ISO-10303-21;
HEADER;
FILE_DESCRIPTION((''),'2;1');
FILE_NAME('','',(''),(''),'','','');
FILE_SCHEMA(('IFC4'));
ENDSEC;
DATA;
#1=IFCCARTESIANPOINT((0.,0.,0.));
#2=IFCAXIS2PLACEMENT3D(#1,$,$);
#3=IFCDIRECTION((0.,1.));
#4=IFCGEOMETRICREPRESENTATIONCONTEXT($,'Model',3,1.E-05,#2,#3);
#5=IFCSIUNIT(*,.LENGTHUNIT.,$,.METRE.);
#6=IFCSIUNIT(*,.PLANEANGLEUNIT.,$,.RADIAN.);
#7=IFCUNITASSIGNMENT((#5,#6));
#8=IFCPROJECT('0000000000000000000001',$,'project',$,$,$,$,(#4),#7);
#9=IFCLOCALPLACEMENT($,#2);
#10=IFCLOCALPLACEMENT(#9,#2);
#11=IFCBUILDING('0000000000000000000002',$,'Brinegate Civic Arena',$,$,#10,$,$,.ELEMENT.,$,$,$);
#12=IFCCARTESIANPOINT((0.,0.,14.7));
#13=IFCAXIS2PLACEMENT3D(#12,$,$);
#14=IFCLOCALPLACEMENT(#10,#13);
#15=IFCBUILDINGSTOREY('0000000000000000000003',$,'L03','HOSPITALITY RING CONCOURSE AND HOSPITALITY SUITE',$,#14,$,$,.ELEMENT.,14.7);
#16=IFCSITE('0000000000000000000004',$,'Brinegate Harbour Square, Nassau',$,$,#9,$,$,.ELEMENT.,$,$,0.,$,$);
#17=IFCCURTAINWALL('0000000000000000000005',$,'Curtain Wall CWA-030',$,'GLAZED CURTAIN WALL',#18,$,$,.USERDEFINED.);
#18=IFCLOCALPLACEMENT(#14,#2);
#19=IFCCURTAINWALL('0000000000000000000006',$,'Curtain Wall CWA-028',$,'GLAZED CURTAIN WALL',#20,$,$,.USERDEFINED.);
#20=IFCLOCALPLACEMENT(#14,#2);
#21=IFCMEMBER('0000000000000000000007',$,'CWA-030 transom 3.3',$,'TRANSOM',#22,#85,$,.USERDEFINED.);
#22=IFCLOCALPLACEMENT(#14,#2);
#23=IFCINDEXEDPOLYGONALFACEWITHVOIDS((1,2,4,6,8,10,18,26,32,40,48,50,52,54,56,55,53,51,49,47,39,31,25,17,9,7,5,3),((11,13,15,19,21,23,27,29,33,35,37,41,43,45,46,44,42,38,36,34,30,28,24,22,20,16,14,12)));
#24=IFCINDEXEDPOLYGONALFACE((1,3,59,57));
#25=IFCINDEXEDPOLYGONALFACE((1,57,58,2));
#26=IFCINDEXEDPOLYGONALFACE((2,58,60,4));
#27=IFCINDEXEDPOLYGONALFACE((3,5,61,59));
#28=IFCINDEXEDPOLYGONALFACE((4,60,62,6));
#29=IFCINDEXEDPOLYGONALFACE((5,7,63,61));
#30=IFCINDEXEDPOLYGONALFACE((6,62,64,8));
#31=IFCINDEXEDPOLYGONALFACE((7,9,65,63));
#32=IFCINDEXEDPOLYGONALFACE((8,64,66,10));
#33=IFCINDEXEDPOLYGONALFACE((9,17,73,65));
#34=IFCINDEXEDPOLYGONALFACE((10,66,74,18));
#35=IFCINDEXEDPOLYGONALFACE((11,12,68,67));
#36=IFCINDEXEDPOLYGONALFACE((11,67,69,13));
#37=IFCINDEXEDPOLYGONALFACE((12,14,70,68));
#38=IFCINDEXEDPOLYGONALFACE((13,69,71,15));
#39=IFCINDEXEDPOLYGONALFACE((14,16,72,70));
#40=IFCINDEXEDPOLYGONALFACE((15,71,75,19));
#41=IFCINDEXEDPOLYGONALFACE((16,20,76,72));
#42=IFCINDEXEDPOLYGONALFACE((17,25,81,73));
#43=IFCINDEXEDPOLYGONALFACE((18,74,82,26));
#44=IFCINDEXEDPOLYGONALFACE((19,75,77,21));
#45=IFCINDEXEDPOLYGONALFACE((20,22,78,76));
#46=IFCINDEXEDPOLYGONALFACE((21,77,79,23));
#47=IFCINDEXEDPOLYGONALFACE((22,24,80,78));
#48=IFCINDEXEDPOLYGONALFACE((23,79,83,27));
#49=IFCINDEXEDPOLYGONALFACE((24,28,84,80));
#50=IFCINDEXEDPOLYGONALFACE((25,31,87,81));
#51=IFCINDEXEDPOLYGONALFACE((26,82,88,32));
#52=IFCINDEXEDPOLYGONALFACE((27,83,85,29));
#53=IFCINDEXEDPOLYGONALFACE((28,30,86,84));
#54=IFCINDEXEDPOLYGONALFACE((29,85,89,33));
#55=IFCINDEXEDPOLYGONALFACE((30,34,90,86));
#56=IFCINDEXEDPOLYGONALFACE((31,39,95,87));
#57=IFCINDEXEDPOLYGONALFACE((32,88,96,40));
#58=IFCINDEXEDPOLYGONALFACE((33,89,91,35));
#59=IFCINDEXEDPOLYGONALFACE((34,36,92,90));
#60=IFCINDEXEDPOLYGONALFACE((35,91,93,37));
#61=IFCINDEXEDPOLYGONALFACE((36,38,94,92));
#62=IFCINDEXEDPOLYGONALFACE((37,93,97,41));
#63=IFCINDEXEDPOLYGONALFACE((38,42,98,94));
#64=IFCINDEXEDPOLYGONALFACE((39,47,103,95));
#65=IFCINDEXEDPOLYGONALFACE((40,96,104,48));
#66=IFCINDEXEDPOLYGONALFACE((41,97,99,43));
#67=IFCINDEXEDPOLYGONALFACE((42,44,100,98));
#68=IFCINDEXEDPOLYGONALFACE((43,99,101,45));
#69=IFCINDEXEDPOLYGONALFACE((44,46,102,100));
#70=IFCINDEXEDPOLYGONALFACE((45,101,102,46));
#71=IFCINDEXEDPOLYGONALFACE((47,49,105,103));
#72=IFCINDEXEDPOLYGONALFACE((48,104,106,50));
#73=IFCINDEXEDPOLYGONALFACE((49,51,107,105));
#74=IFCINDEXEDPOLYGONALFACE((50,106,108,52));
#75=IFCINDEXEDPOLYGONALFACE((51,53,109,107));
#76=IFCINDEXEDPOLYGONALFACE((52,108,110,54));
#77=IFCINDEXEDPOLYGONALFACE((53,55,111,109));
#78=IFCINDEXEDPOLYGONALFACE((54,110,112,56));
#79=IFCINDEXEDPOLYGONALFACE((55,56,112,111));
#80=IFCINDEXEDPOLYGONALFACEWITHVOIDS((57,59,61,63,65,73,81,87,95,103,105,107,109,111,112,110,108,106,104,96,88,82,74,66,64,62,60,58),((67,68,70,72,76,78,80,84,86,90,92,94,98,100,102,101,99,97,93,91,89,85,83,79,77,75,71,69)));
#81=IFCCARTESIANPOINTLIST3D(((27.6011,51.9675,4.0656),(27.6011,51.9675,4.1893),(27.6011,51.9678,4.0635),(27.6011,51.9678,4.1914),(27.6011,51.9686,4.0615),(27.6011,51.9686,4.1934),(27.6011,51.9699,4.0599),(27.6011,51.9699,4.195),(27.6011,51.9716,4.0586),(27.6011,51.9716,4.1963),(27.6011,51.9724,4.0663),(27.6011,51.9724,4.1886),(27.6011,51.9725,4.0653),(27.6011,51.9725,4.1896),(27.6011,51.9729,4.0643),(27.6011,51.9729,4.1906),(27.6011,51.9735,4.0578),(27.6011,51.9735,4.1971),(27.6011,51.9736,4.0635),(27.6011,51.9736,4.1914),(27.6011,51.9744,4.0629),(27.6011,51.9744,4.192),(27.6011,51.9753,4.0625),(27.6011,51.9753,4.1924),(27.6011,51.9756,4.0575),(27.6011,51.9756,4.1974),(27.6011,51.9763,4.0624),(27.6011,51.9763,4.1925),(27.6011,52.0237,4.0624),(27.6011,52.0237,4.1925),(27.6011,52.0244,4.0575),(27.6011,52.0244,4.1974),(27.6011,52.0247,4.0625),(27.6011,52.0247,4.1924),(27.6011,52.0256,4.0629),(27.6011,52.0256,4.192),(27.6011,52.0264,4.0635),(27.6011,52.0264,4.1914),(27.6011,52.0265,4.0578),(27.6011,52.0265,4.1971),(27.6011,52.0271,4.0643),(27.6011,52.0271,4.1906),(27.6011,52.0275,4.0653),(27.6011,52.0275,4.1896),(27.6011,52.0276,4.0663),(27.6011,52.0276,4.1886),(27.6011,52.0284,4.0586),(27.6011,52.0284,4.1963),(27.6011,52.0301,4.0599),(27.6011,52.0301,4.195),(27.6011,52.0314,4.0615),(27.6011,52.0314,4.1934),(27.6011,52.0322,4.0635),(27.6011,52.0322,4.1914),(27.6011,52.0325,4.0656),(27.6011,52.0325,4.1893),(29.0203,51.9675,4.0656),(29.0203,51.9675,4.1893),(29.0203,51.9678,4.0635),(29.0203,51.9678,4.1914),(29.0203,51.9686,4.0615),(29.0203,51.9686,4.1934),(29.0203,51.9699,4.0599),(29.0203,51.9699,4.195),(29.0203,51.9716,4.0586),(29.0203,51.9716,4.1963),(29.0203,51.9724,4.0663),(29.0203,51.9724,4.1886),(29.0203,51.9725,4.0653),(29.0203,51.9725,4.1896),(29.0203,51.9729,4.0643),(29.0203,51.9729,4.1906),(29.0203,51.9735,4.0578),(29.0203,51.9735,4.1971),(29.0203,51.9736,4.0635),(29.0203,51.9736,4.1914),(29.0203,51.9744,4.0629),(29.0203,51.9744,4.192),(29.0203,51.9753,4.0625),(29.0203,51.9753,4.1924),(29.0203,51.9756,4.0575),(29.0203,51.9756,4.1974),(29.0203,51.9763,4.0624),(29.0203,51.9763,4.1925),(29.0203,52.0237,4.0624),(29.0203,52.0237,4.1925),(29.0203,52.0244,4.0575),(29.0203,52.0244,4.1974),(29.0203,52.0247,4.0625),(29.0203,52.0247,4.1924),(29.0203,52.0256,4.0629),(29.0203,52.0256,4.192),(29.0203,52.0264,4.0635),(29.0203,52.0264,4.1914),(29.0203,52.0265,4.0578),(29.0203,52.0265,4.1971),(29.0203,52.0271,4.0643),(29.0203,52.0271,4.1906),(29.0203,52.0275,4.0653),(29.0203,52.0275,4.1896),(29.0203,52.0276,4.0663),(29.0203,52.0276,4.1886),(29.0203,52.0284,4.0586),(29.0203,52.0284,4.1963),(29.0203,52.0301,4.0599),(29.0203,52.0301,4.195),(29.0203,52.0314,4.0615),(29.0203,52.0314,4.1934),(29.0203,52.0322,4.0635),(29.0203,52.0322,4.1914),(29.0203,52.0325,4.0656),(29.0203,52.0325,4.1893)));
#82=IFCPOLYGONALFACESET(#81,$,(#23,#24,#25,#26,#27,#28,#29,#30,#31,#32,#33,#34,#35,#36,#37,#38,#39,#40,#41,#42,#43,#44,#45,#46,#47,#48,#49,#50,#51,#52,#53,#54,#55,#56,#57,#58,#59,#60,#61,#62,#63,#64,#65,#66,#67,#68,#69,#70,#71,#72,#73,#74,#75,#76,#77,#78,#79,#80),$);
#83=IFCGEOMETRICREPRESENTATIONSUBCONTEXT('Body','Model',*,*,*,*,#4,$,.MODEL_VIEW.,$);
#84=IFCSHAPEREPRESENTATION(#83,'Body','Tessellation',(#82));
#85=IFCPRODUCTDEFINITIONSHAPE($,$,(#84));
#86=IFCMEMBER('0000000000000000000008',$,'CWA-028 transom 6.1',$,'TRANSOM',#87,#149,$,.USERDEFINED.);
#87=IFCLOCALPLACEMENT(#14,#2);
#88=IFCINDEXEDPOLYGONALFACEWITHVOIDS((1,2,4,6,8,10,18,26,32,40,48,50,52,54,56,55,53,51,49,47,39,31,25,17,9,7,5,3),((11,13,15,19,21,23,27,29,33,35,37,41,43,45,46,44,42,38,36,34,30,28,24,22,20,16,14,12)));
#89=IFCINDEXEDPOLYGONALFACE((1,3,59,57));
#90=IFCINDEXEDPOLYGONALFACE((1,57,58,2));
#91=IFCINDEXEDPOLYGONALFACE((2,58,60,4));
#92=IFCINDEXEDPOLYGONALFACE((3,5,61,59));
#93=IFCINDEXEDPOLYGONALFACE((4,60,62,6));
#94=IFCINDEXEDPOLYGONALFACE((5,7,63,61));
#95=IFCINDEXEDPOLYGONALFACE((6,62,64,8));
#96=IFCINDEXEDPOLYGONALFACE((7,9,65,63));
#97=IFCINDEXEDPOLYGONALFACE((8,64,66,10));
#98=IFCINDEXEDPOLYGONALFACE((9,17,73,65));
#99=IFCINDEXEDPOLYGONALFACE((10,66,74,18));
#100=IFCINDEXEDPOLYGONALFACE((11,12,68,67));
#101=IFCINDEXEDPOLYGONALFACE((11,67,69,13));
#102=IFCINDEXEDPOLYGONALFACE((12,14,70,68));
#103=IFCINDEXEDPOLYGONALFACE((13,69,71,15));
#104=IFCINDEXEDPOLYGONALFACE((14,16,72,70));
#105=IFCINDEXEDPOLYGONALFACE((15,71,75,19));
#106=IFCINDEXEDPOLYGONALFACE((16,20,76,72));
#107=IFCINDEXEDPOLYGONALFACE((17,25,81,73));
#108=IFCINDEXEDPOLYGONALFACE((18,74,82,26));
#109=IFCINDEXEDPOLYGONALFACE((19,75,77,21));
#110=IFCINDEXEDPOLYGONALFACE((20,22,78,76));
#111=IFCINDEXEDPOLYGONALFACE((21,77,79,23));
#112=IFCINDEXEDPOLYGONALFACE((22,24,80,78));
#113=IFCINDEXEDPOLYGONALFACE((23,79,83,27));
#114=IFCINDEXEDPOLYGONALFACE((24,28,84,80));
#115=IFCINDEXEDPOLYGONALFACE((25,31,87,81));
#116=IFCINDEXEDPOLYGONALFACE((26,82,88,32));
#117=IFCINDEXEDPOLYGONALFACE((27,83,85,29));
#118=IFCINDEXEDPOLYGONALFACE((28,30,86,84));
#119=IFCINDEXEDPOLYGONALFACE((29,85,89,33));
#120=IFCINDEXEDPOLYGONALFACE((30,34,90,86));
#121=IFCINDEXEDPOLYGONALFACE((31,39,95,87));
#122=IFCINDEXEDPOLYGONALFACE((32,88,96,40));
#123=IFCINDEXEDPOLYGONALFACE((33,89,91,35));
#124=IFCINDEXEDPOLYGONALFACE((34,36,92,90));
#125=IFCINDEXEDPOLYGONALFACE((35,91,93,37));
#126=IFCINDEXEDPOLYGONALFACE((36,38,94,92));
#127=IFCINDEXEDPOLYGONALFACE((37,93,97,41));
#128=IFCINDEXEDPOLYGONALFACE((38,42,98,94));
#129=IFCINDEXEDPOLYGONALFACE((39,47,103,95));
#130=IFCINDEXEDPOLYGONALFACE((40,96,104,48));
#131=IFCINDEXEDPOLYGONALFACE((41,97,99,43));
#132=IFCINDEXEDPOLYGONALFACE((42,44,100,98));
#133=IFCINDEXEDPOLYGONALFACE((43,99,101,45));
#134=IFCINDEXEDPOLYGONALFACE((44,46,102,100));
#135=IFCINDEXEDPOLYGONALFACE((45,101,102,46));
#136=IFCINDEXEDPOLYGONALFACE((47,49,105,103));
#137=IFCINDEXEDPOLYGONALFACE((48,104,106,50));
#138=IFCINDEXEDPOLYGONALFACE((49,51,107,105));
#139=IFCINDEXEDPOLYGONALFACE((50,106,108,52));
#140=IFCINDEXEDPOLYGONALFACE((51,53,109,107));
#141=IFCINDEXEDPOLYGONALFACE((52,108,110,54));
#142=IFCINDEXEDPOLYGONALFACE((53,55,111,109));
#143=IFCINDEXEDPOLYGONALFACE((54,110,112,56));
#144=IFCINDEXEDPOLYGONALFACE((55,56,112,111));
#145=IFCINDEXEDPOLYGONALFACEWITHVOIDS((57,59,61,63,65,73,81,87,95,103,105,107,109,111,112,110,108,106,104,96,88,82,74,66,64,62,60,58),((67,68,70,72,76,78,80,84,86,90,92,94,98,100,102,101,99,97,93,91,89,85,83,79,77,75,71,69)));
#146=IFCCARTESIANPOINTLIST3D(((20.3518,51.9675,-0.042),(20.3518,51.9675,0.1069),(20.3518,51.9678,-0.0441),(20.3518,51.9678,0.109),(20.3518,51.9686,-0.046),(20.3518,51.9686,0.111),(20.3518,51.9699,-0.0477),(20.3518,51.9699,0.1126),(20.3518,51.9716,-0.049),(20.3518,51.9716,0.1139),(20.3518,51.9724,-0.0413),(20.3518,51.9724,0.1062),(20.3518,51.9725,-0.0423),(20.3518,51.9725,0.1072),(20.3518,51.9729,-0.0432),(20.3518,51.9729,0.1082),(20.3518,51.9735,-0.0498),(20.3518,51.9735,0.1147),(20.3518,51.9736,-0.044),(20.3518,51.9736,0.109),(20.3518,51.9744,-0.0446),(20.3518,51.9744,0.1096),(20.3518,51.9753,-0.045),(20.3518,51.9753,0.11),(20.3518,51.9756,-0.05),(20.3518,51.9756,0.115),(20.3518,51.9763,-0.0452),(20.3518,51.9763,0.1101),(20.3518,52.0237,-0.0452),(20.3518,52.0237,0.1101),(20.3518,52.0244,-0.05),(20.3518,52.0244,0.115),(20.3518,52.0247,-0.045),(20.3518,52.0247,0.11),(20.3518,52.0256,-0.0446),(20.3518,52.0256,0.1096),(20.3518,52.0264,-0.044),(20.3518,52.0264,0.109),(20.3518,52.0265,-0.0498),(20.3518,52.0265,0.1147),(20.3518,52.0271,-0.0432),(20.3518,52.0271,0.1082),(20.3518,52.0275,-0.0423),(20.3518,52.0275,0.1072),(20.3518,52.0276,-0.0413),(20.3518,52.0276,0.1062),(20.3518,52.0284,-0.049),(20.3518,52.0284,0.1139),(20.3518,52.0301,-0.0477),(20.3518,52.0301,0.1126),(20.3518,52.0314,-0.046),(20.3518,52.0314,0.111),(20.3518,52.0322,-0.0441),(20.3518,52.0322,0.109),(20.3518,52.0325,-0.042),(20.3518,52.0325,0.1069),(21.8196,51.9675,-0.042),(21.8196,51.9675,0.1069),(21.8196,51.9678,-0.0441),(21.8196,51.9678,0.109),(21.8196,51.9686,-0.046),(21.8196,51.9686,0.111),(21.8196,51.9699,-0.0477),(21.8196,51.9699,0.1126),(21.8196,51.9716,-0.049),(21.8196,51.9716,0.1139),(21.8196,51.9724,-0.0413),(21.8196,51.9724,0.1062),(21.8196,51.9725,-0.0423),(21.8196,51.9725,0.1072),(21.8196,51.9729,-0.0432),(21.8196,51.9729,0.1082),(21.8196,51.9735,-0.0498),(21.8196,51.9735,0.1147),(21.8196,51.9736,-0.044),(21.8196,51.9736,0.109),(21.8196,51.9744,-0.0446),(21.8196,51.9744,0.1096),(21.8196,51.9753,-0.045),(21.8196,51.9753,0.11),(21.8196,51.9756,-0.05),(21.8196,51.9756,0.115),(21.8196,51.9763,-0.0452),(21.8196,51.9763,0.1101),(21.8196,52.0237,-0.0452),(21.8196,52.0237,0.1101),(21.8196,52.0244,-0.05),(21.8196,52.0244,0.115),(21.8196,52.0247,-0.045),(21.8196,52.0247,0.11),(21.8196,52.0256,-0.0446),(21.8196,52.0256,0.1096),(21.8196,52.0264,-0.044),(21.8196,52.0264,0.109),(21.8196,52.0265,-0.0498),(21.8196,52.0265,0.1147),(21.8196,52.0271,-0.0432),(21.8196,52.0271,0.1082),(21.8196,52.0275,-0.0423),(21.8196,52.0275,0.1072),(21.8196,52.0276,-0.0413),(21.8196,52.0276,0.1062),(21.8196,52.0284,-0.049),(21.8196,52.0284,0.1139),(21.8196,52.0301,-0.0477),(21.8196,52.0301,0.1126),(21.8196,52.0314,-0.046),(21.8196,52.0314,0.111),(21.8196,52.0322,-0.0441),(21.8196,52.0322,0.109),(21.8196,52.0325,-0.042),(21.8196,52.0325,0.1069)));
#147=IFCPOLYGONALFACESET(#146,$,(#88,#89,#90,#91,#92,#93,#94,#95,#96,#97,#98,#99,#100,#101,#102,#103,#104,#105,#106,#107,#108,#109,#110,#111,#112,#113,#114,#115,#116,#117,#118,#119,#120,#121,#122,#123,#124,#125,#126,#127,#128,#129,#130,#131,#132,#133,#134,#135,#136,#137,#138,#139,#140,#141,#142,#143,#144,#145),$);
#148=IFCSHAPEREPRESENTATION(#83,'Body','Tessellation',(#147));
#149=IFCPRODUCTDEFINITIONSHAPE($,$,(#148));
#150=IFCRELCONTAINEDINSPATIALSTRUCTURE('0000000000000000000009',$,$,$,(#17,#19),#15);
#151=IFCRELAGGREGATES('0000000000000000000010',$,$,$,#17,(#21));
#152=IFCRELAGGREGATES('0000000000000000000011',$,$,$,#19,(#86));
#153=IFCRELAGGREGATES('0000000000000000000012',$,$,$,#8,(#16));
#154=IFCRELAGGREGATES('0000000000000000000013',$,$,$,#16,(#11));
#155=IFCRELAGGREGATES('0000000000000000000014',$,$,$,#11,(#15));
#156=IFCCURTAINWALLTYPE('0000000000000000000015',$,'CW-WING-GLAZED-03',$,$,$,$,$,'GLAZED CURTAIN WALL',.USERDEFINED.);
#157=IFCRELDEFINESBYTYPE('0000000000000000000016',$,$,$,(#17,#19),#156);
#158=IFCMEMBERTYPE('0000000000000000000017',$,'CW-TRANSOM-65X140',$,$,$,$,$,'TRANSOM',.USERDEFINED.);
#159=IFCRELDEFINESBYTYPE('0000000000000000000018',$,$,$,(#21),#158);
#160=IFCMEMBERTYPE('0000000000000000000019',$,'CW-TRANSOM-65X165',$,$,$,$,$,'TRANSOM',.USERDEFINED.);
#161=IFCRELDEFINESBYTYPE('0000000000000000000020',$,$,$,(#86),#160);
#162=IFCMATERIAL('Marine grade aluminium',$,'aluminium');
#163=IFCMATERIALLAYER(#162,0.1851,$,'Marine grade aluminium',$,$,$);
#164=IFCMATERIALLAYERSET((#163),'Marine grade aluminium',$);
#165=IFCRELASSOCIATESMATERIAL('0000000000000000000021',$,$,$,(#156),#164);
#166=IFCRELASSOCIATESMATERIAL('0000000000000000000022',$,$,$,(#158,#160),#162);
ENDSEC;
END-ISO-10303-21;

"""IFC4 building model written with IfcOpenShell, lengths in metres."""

from ifc_helpers import new_model, si_unit, direction, frame, origin, origin_2d, place, context, subcontext, project, spatial, hollow_rectangle, extrude, material, layer, layer_set, material_profile, profile_set, type_object, element, aggregate, save


model = new_model("IFC4")

# Units and contexts
model_context = context("Model", 3, precision=1e-05, world=origin(), true_north=direction((0.0, 1.0)))
body_context = subcontext(model_context, "Body", "Model", "MODEL_VIEW")
ifc_project = project(units=[si_unit("LENGTHUNIT", "METRE"), si_unit("PLANEANGLEUNIT", "RADIAN")], contexts=[model_context])

# Site, building, storey
site_placement = place(None, origin())
site = spatial("IfcSite", under=ifc_project, at=site_placement, Name="Brinegate Harbour Square, Nassau", CompositionType="ELEMENT", RefElevation=0.0)
building_placement = place(site_placement, origin())
building = spatial("IfcBuilding", under=site, at=building_placement, Name="Brinegate Civic Arena", CompositionType="ELEMENT")
storey_placement = place(building_placement, frame((0.0, 0.0, 14.7)))
storey = spatial("IfcBuildingStorey", under=building, at=storey_placement, Name="L03", Description="HOSPITALITY RING CONCOURSE AND HOSPITALITY SUITE", CompositionType="ELEMENT", Elevation=14.7)

# Curtain walls
ifc_material_1 = material(Name="Marine grade aluminium", Category="aluminium")
ifc_layer_1 = layer(ifc_material_1, 0.1851, Name="Marine grade aluminium")
ifc_layer_set_1 = layer_set([ifc_layer_1], Name="Marine grade aluminium")
curtain_wall_type = type_object("IfcCurtainWallType", Name="CW-WING-GLAZED-03", ElementType="GLAZED CURTAIN WALL", PredefinedType="USERDEFINED", material=ifc_layer_set_1)
curtain_wall_1_placement = place(storey_placement, origin())
curtain_wall_1 = element("IfcCurtainWall", 1, at=curtain_wall_1_placement, inside=storey, type_object=curtain_wall_type, Name="Curtain Wall CWA-030", ObjectType="GLAZED CURTAIN WALL", PredefinedType="USERDEFINED")
curtain_wall_2_placement = place(storey_placement, origin())
curtain_wall_2 = element("IfcCurtainWall", 2, at=curtain_wall_2_placement, inside=storey, type_object=curtain_wall_type, Name="Curtain Wall CWA-028", ObjectType="GLAZED CURTAIN WALL", PredefinedType="USERDEFINED")

# Members
ifc_material_profile_1 = material_profile(ifc_material_1, hollow_rectangle(XDim=0.0649, YDim=0.1399, WallThickness=0.0049, InnerFilletRadius=0.0039, OuterFilletRadius=0.0081, at=origin_2d()), Name="TRN65X140")
ifc_profile_set_1 = profile_set([ifc_material_profile_1], Name="Marine grade aluminium")
member_type_1 = type_object("IfcMemberType", Name="CW-TRANSOM-65X140", ElementType="TRANSOM", PredefinedType="USERDEFINED", material=ifc_profile_set_1)
member_1_placement = place(storey_placement, frame((27.6011, 52.0, 4.1274), z_axis=(1.0, 0.0, 0.0), x_axis=(0.0, 1.0, 0.0)))
member_1 = element("IfcMember", 3, at=member_1_placement, type_object=member_type_1, Name="CWA-030 transom 3.3", ObjectType="TRANSOM", PredefinedType="USERDEFINED", context=body_context, shape_type="SweptSolid", body=[
    extrude(hollow_rectangle(XDim=0.0649, YDim=0.1399, WallThickness=0.0049, InnerFilletRadius=0.0039, OuterFilletRadius=0.0081, at=origin_2d()), origin(), (0.0, 0.0, 1.0), 1.4192),
])
ifc_material_profile_2 = material_profile(ifc_material_1, hollow_rectangle(XDim=0.0649, YDim=0.165, WallThickness=0.0049, InnerFilletRadius=0.0039, OuterFilletRadius=0.0081, at=origin_2d()), Name="TRN65X165")
ifc_profile_set_2 = profile_set([ifc_material_profile_2], Name="Marine grade aluminium")
member_type_2 = type_object("IfcMemberType", Name="CW-TRANSOM-65X165", ElementType="TRANSOM", PredefinedType="USERDEFINED", material=ifc_profile_set_2)
member_2_placement = place(storey_placement, frame((20.3518, 52.0, 0.0325), z_axis=(1.0, 0.0, 0.0), x_axis=(0.0, 1.0, 0.0)))
member_2 = element("IfcMember", 4, at=member_2_placement, type_object=member_type_2, Name="CWA-028 transom 6.1", ObjectType="TRANSOM", PredefinedType="USERDEFINED", context=body_context, shape_type="SweptSolid", body=[
    extrude(hollow_rectangle(XDim=0.0649, YDim=0.165, WallThickness=0.0049, InnerFilletRadius=0.0039, OuterFilletRadius=0.0081, at=origin_2d()), origin(), (0.0, 0.0, 1.0), 1.4678),
])

aggregate(curtain_wall_1, [member_1])
aggregate(curtain_wall_2, [member_2])

save(model, "model.ifc")
